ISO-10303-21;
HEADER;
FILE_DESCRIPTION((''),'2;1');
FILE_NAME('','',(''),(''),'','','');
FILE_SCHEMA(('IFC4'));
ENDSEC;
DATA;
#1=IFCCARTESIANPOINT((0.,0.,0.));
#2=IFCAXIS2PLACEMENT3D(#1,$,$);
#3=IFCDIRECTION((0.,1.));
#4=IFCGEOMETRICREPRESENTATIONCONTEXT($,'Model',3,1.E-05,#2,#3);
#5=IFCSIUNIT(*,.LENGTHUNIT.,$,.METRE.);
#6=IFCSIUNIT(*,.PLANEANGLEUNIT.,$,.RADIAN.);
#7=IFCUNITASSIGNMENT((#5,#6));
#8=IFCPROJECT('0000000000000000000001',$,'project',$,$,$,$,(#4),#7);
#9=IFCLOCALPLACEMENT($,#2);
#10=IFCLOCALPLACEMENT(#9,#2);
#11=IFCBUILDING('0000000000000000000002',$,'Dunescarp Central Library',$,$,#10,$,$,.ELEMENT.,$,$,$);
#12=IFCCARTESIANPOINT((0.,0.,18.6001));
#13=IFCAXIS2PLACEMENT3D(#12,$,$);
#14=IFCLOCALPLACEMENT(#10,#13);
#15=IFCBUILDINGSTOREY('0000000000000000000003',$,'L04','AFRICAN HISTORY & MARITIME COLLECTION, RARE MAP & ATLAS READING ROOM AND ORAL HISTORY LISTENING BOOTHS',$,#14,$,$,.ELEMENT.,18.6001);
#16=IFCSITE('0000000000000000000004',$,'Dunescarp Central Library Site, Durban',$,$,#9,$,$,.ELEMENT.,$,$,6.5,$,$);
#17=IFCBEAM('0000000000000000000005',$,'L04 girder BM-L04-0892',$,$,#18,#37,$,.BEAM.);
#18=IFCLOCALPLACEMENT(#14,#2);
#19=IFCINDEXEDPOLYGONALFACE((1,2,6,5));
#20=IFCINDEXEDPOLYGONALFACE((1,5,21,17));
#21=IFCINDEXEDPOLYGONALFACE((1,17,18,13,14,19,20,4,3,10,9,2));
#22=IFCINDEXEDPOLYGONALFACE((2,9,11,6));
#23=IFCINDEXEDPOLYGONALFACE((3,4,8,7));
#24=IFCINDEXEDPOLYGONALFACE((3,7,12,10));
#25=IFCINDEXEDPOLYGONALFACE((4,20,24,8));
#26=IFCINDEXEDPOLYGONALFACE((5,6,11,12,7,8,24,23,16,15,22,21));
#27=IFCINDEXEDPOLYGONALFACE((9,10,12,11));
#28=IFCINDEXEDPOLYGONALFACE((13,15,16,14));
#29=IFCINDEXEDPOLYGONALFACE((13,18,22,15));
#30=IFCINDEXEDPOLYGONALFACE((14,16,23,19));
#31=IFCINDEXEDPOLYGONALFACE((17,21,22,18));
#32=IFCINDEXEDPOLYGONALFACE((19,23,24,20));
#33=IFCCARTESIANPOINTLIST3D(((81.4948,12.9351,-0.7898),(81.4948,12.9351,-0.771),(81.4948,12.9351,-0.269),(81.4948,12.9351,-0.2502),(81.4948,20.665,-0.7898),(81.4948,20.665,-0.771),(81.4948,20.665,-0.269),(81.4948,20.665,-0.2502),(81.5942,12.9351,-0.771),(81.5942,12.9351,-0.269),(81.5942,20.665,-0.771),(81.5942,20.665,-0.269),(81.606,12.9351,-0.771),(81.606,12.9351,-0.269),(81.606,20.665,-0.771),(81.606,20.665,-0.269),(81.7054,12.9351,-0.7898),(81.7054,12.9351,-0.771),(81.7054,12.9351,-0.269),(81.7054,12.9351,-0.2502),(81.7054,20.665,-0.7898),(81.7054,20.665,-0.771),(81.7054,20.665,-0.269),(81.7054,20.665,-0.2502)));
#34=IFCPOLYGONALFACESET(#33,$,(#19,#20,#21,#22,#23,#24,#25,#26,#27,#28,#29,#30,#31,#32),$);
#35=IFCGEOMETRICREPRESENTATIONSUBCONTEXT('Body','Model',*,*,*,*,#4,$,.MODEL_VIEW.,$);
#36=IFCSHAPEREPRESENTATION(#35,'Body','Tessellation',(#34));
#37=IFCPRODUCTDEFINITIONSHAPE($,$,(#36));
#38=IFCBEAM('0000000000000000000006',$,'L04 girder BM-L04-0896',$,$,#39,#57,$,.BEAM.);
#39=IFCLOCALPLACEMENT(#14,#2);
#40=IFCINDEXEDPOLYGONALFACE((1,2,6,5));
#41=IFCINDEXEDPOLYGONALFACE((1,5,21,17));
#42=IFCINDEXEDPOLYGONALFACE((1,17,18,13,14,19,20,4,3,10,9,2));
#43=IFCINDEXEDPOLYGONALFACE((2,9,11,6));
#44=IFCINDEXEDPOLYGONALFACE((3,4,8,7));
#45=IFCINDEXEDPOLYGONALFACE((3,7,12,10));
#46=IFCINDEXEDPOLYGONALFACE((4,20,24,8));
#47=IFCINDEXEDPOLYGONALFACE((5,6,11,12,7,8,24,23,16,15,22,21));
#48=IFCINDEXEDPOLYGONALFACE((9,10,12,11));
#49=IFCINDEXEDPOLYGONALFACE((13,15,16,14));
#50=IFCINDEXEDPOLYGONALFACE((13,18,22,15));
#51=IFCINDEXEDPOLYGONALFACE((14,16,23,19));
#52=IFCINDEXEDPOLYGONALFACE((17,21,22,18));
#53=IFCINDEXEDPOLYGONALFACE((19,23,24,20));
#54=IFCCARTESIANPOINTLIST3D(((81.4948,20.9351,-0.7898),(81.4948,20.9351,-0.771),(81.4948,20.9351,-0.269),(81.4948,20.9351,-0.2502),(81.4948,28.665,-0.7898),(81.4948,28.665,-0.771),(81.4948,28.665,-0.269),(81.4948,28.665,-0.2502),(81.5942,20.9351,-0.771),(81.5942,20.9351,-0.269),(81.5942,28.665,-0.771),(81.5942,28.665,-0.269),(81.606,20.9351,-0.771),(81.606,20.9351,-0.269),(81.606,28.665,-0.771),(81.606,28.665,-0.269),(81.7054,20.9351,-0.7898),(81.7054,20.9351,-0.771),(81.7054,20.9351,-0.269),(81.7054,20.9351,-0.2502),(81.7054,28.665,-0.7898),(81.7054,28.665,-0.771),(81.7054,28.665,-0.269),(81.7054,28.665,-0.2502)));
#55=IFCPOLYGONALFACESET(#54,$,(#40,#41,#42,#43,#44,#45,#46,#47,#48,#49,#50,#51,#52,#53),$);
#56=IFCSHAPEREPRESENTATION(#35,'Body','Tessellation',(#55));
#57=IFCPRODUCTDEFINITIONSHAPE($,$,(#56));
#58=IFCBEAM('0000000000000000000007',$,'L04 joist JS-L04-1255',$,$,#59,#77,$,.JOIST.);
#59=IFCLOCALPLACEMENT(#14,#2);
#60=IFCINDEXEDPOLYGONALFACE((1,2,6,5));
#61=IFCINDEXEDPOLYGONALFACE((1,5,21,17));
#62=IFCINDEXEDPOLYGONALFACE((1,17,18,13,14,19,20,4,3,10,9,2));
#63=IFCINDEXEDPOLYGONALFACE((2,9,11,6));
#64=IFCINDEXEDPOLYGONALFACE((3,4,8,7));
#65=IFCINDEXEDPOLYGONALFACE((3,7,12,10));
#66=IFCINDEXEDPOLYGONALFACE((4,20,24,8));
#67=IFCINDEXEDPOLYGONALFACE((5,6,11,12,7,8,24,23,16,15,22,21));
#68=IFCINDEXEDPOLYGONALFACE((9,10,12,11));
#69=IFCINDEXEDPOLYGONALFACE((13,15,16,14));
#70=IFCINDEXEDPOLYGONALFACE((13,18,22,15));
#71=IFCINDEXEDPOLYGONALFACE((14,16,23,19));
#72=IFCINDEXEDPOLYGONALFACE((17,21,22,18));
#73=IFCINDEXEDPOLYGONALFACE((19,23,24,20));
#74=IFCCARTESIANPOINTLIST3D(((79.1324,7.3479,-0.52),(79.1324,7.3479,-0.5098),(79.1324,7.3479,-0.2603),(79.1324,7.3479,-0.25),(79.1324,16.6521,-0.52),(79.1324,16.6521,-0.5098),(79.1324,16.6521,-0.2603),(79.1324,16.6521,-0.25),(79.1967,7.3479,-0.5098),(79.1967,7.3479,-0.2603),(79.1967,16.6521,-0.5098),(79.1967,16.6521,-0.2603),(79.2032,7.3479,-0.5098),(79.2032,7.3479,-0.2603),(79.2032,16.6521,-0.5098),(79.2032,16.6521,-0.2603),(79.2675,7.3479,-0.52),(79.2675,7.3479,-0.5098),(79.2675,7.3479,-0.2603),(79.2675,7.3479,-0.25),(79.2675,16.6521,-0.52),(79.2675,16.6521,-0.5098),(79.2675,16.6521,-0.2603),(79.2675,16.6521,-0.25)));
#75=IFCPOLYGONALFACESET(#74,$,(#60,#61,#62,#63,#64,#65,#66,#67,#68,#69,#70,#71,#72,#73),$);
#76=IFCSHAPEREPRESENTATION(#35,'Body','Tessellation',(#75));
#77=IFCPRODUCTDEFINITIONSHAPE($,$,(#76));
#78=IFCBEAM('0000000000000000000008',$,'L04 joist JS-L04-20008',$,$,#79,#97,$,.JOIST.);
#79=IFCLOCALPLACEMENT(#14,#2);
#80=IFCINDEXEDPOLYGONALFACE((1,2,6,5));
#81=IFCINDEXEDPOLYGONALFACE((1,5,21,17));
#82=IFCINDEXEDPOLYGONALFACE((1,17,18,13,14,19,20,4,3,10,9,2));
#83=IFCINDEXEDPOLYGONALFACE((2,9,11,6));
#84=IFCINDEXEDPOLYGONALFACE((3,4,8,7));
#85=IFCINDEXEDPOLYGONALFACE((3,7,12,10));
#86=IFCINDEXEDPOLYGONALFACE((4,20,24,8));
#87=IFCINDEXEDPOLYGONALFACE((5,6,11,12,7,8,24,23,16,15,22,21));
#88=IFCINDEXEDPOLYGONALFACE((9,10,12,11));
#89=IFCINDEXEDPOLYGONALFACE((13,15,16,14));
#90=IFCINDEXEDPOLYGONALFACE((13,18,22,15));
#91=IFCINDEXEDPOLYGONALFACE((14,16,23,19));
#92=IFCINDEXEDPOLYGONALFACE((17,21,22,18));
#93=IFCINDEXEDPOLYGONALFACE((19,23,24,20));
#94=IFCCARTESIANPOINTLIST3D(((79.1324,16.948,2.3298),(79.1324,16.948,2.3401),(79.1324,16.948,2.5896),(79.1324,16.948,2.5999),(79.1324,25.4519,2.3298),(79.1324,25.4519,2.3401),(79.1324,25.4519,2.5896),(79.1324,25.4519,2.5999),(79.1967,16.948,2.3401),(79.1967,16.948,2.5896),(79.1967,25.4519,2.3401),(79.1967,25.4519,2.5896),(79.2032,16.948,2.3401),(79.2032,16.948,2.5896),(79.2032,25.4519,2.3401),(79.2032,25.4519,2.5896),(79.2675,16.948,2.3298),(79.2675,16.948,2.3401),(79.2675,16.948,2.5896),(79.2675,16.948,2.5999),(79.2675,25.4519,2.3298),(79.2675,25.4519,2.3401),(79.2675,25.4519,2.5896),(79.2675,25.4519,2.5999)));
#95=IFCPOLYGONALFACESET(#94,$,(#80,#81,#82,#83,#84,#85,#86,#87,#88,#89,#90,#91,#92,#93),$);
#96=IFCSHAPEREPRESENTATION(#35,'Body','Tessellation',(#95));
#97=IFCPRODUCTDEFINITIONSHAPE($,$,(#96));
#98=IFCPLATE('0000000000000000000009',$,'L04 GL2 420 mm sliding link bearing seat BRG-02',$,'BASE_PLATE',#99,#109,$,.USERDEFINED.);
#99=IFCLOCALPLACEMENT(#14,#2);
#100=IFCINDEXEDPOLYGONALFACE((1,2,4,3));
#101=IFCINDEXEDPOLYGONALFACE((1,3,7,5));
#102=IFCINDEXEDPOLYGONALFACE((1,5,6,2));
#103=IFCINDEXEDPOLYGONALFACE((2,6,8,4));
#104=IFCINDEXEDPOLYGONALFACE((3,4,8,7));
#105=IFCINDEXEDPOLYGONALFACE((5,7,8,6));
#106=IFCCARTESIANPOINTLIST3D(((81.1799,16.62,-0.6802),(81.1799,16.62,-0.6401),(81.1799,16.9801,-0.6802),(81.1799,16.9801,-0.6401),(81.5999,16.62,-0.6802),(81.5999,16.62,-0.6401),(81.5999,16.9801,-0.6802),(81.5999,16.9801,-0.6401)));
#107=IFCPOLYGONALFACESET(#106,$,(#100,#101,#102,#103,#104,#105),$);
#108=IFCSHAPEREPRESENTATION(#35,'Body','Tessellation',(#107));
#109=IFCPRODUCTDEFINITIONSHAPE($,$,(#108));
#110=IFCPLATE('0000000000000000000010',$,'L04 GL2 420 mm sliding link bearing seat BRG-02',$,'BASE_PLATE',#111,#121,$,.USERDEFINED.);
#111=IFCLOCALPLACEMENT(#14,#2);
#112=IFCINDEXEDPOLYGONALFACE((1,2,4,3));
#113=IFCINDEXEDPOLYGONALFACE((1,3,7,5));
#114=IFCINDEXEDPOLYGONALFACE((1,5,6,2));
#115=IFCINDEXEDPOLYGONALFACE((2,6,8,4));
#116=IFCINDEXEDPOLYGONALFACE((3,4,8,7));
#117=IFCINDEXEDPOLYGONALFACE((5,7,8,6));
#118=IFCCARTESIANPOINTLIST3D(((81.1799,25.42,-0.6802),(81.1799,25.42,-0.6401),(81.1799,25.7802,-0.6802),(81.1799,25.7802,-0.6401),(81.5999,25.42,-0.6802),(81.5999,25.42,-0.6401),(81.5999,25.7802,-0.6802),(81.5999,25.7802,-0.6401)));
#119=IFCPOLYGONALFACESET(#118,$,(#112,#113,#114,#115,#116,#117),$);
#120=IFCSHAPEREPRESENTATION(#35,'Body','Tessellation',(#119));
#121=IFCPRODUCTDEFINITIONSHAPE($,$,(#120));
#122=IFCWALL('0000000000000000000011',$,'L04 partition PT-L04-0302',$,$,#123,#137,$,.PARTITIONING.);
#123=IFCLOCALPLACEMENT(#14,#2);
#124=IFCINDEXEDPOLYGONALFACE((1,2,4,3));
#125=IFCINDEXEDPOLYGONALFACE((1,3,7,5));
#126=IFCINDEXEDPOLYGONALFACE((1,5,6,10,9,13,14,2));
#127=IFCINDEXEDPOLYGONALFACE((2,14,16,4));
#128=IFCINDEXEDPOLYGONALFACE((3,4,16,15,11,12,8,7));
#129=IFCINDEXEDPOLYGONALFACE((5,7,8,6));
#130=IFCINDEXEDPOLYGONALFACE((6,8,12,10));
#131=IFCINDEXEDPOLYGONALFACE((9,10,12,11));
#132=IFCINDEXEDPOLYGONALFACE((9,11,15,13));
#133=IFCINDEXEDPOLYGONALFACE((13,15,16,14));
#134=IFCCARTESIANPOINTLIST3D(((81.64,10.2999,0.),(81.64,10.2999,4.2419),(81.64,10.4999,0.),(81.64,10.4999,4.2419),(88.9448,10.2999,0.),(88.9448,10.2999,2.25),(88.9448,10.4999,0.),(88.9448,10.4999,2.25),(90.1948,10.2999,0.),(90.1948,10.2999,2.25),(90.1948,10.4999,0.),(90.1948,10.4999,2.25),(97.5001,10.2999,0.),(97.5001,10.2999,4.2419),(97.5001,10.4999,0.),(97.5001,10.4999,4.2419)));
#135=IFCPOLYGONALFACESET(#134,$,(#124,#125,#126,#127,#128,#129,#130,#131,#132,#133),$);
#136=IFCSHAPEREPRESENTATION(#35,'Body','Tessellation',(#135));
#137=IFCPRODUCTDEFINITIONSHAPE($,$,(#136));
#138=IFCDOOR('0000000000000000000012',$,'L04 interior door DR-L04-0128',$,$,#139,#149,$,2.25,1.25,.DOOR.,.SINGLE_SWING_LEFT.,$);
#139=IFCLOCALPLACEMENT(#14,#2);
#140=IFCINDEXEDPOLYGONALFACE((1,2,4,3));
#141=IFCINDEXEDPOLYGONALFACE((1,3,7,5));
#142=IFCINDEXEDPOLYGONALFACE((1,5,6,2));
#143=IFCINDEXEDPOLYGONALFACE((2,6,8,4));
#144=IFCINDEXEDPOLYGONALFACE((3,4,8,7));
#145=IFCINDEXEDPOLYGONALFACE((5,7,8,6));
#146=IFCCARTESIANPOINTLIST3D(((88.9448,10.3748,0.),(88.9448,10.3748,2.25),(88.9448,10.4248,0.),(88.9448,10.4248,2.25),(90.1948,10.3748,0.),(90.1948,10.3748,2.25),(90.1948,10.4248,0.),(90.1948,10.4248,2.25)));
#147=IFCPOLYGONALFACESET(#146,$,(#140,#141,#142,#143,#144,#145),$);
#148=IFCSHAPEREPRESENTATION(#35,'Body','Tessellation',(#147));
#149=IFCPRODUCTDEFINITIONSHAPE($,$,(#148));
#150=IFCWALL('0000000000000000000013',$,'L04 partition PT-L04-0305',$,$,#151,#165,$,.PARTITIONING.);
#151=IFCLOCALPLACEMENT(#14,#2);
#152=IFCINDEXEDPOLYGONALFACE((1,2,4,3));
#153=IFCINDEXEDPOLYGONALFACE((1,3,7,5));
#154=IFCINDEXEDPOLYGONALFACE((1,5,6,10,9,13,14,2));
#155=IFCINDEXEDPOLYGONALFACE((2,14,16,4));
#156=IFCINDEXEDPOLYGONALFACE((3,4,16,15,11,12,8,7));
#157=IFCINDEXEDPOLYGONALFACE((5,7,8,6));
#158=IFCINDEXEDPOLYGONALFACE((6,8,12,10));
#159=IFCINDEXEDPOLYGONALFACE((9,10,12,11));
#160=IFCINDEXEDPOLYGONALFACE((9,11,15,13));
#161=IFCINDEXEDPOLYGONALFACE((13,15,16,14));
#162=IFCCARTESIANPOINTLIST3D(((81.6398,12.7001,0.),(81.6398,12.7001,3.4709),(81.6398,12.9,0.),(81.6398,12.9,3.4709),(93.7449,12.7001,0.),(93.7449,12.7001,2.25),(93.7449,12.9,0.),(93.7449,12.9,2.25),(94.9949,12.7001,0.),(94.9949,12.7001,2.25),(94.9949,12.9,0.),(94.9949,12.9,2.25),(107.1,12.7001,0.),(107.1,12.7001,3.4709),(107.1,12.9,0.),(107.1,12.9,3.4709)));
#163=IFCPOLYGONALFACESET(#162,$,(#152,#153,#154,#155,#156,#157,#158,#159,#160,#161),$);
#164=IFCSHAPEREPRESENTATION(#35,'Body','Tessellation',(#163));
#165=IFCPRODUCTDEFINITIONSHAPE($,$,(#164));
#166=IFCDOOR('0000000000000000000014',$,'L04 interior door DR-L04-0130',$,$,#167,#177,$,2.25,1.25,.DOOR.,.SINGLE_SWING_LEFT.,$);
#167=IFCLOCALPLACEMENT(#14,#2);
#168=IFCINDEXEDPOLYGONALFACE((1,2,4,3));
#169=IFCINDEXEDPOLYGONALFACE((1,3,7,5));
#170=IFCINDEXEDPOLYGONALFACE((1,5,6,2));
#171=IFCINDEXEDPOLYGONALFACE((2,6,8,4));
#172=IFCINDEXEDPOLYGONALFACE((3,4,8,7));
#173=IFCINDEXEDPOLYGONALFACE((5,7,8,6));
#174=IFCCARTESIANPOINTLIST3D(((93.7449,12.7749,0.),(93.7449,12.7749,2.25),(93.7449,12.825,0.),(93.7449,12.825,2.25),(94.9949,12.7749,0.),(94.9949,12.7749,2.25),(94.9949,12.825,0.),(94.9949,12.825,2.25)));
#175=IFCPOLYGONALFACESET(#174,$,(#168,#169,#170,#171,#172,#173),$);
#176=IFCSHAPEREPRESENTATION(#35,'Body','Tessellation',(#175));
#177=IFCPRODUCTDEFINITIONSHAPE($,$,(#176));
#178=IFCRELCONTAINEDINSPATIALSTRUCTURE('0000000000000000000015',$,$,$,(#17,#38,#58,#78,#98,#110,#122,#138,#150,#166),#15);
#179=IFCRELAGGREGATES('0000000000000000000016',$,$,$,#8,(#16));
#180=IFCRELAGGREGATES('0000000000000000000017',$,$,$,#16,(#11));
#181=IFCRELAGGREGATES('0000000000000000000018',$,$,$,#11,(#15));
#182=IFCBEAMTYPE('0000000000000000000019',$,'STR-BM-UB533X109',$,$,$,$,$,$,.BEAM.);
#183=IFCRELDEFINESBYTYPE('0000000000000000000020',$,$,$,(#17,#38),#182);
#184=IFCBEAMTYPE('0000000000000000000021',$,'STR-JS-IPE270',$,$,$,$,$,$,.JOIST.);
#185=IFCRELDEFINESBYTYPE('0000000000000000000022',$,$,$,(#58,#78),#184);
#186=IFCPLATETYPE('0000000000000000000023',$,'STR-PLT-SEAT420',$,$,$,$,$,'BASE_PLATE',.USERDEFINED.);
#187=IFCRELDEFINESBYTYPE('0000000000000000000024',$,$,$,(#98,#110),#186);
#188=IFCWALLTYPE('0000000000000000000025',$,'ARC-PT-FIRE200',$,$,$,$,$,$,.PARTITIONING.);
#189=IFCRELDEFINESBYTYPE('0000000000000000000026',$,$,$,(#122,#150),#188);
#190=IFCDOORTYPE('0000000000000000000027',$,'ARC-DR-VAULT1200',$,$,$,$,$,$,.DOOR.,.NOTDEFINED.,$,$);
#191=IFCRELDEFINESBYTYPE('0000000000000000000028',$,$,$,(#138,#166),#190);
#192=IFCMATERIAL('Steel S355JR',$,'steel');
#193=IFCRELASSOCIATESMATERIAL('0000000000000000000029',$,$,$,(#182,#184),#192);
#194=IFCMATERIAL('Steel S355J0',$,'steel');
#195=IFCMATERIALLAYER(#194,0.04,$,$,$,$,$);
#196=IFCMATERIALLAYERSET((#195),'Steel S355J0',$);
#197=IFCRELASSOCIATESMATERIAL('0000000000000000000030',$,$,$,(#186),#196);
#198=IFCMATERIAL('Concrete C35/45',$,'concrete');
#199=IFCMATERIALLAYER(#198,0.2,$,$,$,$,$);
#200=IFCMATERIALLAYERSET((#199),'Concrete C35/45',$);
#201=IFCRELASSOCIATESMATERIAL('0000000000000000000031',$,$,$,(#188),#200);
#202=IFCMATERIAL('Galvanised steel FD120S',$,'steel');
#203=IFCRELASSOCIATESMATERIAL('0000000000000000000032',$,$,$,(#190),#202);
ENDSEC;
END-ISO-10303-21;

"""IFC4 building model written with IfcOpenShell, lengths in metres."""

from ifc_helpers import new_model, si_unit, direction, frame, frame_2d, origin, origin_2d, place, context, subcontext, project, spatial, rectangle, i_section, extrude, material, layer, layer_set, material_profile, profile_set, type_object, element, fill, save


model = new_model("IFC4")

# Units and contexts
model_context = context("Model", 3, precision=1e-05, world=origin(), true_north=direction((0.0, 1.0)))
body_context = subcontext(model_context, "Body", "Model", "MODEL_VIEW")
ifc_project = project(units=[si_unit("LENGTHUNIT", "METRE"), si_unit("PLANEANGLEUNIT", "RADIAN")], contexts=[model_context])

# Site, building, storey
site_placement = place(None, origin())
site = spatial("IfcSite", under=ifc_project, at=site_placement, Name="Dunescarp Central Library Site, Durban", CompositionType="ELEMENT", RefElevation=6.5)
building_placement = place(site_placement, origin())
building = spatial("IfcBuilding", under=site, at=building_placement, Name="Dunescarp Central Library", CompositionType="ELEMENT")
storey_placement = place(building_placement, frame((0.0, 0.0, 18.6001)))
storey = spatial("IfcBuildingStorey", under=building, at=storey_placement, Name="L04", Description="AFRICAN HISTORY & MARITIME COLLECTION, RARE MAP & ATLAS READING ROOM AND ORAL HISTORY LISTENING BOOTHS", CompositionType="ELEMENT", Elevation=18.6001)

# Shared definitions
ifc_material_1 = material(Name="Steel S355JR", Category="steel")

# Beams
ifc_material_profile_1 = material_profile(ifc_material_1, i_section(OverallWidth=0.2107, OverallDepth=0.5396, WebThickness=0.0117, FlangeThickness=0.0188, at=origin_2d()), Name="UB 533x210x109")
ifc_profile_set_1 = profile_set([ifc_material_profile_1], Name="Steel S355JR")
beam_type_1 = type_object("IfcBeamType", Name="STR-BM-UB533X109", PredefinedType="BEAM", material=ifc_profile_set_1)
for number, where, z_axis, x_axis, name in (
    (1, (81.6001, 12.9351, -0.52), (0.0, 1.0, 0.0), (-1.0, 0.0, 0.0), "L04 girder BM-L04-0892"),
    (2, (81.6001, 20.9351, -0.52), (0.0, 1.0, 0.0), (-1.0, 0.0, 0.0), "L04 girder BM-L04-0896"),
):
    element("IfcBeam", number, at=place(storey_placement, frame(where, z_axis=z_axis, x_axis=x_axis)), inside=storey, type_object=beam_type_1, Name=name, PredefinedType="BEAM", context=body_context, shape_type="SweptSolid", body=[
        extrude(i_section(OverallWidth=0.2107, OverallDepth=0.5396, WebThickness=0.0117, FlangeThickness=0.0188, at=origin_2d()), origin(), (0.0, 0.0, 1.0), 7.73),
    ])
ifc_material_profile_2 = material_profile(ifc_material_1, i_section(OverallWidth=0.135, OverallDepth=0.27, WebThickness=0.0066, FlangeThickness=0.0103, at=origin_2d()), Name="IPE 270")
ifc_profile_set_2 = profile_set([ifc_material_profile_2], Name="Steel S355JR")
beam_type_2 = type_object("IfcBeamType", Name="STR-JS-IPE270", PredefinedType="JOIST", material=ifc_profile_set_2)
beam_1_placement = place(storey_placement, frame((79.2, 7.3479, -0.385), z_axis=(0.0, 1.0, 0.0), x_axis=(-1.0, 0.0, 0.0)))
element("IfcBeam", 3, at=beam_1_placement, inside=storey, type_object=beam_type_2, Name="L04 joist JS-L04-1255", PredefinedType="JOIST", context=body_context, shape_type="SweptSolid", body=[
    extrude(i_section(OverallWidth=0.135, OverallDepth=0.27, WebThickness=0.0066, FlangeThickness=0.0103, at=origin_2d()), origin(), (0.0, 0.0, 1.0), 9.3042),
])
beam_2_placement = place(storey_placement, frame((79.2, 16.948, 2.4648), z_axis=(0.0, 1.0, 0.0), x_axis=(-1.0, 0.0, 0.0)))
element("IfcBeam", 4, at=beam_2_placement, inside=storey, type_object=beam_type_2, Name="L04 joist JS-L04-20008", PredefinedType="JOIST", context=body_context, shape_type="SweptSolid", body=[
    extrude(i_section(OverallWidth=0.135, OverallDepth=0.27, WebThickness=0.0066, FlangeThickness=0.0103, at=origin_2d()), origin(), (0.0, 0.0, 1.0), 8.5039),
])

# Plates
ifc_material_2 = material(Name="Steel S355J0", Category="steel")
ifc_layer_1 = layer(ifc_material_2, 0.04)
ifc_layer_set_1 = layer_set([ifc_layer_1], Name="Steel S355J0")
plate_type = type_object("IfcPlateType", Name="STR-PLT-SEAT420", ElementType="BASE_PLATE", PredefinedType="USERDEFINED", material=ifc_layer_set_1)
for number, where, z_axis, x_axis, name in (
    (5, (81.3899, 16.8, -0.6802), (0.0, 0.0, 1.0), (1.0, 0.0, 0.0), "L04 GL2 420 mm sliding link bearing seat BRG-02"),
    (6, (81.3899, 25.6001, -0.6802), (0.0, 0.0, 1.0), (1.0, 0.0, 0.0), "L04 GL2 420 mm sliding link bearing seat BRG-02"),
):
    element("IfcPlate", number, at=place(storey_placement, frame(where, z_axis=z_axis, x_axis=x_axis)), inside=storey, type_object=plate_type, Name=name, ObjectType="BASE_PLATE", PredefinedType="USERDEFINED", context=body_context, shape_type="SweptSolid", body=[
        extrude(rectangle(XDim=0.4199, YDim=0.3601, at=origin_2d()), origin(), (0.0, 0.0, 1.0), 0.04),
    ])

# Walls, openings, doors
ifc_material_3 = material(Name="Concrete C35/45", Category="concrete")
ifc_layer_2 = layer(ifc_material_3, 0.2)
ifc_layer_set_2 = layer_set([ifc_layer_2], Name="Concrete C35/45")
wall_type_1 = type_object("IfcWallType", Name="ARC-PT-FIRE200", PredefinedType="PARTITIONING", material=ifc_layer_set_2)
wall_1_placement = place(storey_placement, frame((81.6399, 10.3999, 0.0), z_axis=(0.0, 0.0, 1.0), x_axis=(1.0, 0.0, 0.0)))
wall_1 = element("IfcWall", 7, at=wall_1_placement, inside=storey, type_object=wall_type_1, Name="L04 partition PT-L04-0302", PredefinedType="PARTITIONING", context=body_context, shape_type="SweptSolid", body=[
    extrude(rectangle(XDim=15.8601, YDim=0.2, at=frame_2d((7.9302, 0.0))), origin(), (0.0, 0.0, 1.0), 4.2419),
])
opening_1_placement = place(wall_1_placement, frame((7.3049, 0.0, 0.0)))
opening_1 = element("IfcOpeningElement", 8, at=opening_1_placement, cuts=wall_1, PredefinedType="OPENING", context=body_context, shape_type="SweptSolid", body=[
    extrude(rectangle(XDim=1.25, YDim=2.25, at=frame_2d((0.625, 1.125))), frame((0.0, 0.1099, 0.0), z_axis=(0.0, -1.0, 0.0), x_axis=(1.0, 0.0, 0.0)), (0.0, 0.0, 1.0), 0.22),
])
ifc_material_4 = material(Name="Galvanised steel FD120S", Category="steel")
door_type_1 = type_object("IfcDoorType", Name="ARC-DR-VAULT1200", OperationType="NOTDEFINED", PredefinedType="DOOR", material=ifc_material_4)
door_1_placement = place(opening_1_placement, origin())
door_1 = element("IfcDoor", 9, at=door_1_placement, inside=storey, type_object=door_type_1, Name="L04 interior door DR-L04-0128", OperationType="SINGLE_SWING_LEFT", OverallHeight=2.25, OverallWidth=1.25, PredefinedType="DOOR", context=body_context, shape_type="SweptSolid", body=[
    extrude(rectangle(XDim=1.25, YDim=2.25, at=frame_2d((0.625, 1.125))), frame((0.0, 0.0249, 0.0), z_axis=(0.0, -1.0, 0.0), x_axis=(1.0, 0.0, 0.0)), (0.0, 0.0, 1.0), 0.05),
])
fill(opening_1, door_1)
wall_2_placement = place(storey_placement, frame((81.6399, 12.8, 0.0), z_axis=(0.0, 0.0, 1.0), x_axis=(1.0, 0.0, 0.0)))
wall_2 = element("IfcWall", 10, at=wall_2_placement, inside=storey, type_object=wall_type_1, Name="L04 partition PT-L04-0305", PredefinedType="PARTITIONING", context=body_context, shape_type="SweptSolid", body=[
    extrude(rectangle(XDim=25.4602, YDim=0.2, at=frame_2d((12.73, 0.0))), origin(), (0.0, 0.0, 1.0), 3.4709),
])
opening_2_placement = place(wall_2_placement, frame((12.105, 0.0, 0.0)))
opening_2 = element("IfcOpeningElement", 11, at=opening_2_placement, cuts=wall_2, PredefinedType="OPENING", context=body_context, shape_type="SweptSolid", body=[
    extrude(rectangle(XDim=1.25, YDim=2.25, at=frame_2d((0.625, 1.125))), frame((0.0, 0.1099, 0.0), z_axis=(0.0, -1.0, 0.0), x_axis=(1.0, 0.0, 0.0)), (0.0, 0.0, 1.0), 0.22),
])
door_2_placement = place(opening_2_placement, origin())
door_2 = element("IfcDoor", 12, at=door_2_placement, inside=storey, type_object=door_type_1, Name="L04 interior door DR-L04-0130", OperationType="SINGLE_SWING_LEFT", OverallHeight=2.25, OverallWidth=1.25, PredefinedType="DOOR", context=body_context, shape_type="SweptSolid", body=[
    extrude(rectangle(XDim=1.25, YDim=2.25, at=frame_2d((0.625, 1.125))), frame((0.0, 0.0249, 0.0), z_axis=(0.0, -1.0, 0.0), x_axis=(1.0, 0.0, 0.0)), (0.0, 0.0, 1.0), 0.05),
])
fill(opening_2, door_2)

save(model, "model.ifc")
